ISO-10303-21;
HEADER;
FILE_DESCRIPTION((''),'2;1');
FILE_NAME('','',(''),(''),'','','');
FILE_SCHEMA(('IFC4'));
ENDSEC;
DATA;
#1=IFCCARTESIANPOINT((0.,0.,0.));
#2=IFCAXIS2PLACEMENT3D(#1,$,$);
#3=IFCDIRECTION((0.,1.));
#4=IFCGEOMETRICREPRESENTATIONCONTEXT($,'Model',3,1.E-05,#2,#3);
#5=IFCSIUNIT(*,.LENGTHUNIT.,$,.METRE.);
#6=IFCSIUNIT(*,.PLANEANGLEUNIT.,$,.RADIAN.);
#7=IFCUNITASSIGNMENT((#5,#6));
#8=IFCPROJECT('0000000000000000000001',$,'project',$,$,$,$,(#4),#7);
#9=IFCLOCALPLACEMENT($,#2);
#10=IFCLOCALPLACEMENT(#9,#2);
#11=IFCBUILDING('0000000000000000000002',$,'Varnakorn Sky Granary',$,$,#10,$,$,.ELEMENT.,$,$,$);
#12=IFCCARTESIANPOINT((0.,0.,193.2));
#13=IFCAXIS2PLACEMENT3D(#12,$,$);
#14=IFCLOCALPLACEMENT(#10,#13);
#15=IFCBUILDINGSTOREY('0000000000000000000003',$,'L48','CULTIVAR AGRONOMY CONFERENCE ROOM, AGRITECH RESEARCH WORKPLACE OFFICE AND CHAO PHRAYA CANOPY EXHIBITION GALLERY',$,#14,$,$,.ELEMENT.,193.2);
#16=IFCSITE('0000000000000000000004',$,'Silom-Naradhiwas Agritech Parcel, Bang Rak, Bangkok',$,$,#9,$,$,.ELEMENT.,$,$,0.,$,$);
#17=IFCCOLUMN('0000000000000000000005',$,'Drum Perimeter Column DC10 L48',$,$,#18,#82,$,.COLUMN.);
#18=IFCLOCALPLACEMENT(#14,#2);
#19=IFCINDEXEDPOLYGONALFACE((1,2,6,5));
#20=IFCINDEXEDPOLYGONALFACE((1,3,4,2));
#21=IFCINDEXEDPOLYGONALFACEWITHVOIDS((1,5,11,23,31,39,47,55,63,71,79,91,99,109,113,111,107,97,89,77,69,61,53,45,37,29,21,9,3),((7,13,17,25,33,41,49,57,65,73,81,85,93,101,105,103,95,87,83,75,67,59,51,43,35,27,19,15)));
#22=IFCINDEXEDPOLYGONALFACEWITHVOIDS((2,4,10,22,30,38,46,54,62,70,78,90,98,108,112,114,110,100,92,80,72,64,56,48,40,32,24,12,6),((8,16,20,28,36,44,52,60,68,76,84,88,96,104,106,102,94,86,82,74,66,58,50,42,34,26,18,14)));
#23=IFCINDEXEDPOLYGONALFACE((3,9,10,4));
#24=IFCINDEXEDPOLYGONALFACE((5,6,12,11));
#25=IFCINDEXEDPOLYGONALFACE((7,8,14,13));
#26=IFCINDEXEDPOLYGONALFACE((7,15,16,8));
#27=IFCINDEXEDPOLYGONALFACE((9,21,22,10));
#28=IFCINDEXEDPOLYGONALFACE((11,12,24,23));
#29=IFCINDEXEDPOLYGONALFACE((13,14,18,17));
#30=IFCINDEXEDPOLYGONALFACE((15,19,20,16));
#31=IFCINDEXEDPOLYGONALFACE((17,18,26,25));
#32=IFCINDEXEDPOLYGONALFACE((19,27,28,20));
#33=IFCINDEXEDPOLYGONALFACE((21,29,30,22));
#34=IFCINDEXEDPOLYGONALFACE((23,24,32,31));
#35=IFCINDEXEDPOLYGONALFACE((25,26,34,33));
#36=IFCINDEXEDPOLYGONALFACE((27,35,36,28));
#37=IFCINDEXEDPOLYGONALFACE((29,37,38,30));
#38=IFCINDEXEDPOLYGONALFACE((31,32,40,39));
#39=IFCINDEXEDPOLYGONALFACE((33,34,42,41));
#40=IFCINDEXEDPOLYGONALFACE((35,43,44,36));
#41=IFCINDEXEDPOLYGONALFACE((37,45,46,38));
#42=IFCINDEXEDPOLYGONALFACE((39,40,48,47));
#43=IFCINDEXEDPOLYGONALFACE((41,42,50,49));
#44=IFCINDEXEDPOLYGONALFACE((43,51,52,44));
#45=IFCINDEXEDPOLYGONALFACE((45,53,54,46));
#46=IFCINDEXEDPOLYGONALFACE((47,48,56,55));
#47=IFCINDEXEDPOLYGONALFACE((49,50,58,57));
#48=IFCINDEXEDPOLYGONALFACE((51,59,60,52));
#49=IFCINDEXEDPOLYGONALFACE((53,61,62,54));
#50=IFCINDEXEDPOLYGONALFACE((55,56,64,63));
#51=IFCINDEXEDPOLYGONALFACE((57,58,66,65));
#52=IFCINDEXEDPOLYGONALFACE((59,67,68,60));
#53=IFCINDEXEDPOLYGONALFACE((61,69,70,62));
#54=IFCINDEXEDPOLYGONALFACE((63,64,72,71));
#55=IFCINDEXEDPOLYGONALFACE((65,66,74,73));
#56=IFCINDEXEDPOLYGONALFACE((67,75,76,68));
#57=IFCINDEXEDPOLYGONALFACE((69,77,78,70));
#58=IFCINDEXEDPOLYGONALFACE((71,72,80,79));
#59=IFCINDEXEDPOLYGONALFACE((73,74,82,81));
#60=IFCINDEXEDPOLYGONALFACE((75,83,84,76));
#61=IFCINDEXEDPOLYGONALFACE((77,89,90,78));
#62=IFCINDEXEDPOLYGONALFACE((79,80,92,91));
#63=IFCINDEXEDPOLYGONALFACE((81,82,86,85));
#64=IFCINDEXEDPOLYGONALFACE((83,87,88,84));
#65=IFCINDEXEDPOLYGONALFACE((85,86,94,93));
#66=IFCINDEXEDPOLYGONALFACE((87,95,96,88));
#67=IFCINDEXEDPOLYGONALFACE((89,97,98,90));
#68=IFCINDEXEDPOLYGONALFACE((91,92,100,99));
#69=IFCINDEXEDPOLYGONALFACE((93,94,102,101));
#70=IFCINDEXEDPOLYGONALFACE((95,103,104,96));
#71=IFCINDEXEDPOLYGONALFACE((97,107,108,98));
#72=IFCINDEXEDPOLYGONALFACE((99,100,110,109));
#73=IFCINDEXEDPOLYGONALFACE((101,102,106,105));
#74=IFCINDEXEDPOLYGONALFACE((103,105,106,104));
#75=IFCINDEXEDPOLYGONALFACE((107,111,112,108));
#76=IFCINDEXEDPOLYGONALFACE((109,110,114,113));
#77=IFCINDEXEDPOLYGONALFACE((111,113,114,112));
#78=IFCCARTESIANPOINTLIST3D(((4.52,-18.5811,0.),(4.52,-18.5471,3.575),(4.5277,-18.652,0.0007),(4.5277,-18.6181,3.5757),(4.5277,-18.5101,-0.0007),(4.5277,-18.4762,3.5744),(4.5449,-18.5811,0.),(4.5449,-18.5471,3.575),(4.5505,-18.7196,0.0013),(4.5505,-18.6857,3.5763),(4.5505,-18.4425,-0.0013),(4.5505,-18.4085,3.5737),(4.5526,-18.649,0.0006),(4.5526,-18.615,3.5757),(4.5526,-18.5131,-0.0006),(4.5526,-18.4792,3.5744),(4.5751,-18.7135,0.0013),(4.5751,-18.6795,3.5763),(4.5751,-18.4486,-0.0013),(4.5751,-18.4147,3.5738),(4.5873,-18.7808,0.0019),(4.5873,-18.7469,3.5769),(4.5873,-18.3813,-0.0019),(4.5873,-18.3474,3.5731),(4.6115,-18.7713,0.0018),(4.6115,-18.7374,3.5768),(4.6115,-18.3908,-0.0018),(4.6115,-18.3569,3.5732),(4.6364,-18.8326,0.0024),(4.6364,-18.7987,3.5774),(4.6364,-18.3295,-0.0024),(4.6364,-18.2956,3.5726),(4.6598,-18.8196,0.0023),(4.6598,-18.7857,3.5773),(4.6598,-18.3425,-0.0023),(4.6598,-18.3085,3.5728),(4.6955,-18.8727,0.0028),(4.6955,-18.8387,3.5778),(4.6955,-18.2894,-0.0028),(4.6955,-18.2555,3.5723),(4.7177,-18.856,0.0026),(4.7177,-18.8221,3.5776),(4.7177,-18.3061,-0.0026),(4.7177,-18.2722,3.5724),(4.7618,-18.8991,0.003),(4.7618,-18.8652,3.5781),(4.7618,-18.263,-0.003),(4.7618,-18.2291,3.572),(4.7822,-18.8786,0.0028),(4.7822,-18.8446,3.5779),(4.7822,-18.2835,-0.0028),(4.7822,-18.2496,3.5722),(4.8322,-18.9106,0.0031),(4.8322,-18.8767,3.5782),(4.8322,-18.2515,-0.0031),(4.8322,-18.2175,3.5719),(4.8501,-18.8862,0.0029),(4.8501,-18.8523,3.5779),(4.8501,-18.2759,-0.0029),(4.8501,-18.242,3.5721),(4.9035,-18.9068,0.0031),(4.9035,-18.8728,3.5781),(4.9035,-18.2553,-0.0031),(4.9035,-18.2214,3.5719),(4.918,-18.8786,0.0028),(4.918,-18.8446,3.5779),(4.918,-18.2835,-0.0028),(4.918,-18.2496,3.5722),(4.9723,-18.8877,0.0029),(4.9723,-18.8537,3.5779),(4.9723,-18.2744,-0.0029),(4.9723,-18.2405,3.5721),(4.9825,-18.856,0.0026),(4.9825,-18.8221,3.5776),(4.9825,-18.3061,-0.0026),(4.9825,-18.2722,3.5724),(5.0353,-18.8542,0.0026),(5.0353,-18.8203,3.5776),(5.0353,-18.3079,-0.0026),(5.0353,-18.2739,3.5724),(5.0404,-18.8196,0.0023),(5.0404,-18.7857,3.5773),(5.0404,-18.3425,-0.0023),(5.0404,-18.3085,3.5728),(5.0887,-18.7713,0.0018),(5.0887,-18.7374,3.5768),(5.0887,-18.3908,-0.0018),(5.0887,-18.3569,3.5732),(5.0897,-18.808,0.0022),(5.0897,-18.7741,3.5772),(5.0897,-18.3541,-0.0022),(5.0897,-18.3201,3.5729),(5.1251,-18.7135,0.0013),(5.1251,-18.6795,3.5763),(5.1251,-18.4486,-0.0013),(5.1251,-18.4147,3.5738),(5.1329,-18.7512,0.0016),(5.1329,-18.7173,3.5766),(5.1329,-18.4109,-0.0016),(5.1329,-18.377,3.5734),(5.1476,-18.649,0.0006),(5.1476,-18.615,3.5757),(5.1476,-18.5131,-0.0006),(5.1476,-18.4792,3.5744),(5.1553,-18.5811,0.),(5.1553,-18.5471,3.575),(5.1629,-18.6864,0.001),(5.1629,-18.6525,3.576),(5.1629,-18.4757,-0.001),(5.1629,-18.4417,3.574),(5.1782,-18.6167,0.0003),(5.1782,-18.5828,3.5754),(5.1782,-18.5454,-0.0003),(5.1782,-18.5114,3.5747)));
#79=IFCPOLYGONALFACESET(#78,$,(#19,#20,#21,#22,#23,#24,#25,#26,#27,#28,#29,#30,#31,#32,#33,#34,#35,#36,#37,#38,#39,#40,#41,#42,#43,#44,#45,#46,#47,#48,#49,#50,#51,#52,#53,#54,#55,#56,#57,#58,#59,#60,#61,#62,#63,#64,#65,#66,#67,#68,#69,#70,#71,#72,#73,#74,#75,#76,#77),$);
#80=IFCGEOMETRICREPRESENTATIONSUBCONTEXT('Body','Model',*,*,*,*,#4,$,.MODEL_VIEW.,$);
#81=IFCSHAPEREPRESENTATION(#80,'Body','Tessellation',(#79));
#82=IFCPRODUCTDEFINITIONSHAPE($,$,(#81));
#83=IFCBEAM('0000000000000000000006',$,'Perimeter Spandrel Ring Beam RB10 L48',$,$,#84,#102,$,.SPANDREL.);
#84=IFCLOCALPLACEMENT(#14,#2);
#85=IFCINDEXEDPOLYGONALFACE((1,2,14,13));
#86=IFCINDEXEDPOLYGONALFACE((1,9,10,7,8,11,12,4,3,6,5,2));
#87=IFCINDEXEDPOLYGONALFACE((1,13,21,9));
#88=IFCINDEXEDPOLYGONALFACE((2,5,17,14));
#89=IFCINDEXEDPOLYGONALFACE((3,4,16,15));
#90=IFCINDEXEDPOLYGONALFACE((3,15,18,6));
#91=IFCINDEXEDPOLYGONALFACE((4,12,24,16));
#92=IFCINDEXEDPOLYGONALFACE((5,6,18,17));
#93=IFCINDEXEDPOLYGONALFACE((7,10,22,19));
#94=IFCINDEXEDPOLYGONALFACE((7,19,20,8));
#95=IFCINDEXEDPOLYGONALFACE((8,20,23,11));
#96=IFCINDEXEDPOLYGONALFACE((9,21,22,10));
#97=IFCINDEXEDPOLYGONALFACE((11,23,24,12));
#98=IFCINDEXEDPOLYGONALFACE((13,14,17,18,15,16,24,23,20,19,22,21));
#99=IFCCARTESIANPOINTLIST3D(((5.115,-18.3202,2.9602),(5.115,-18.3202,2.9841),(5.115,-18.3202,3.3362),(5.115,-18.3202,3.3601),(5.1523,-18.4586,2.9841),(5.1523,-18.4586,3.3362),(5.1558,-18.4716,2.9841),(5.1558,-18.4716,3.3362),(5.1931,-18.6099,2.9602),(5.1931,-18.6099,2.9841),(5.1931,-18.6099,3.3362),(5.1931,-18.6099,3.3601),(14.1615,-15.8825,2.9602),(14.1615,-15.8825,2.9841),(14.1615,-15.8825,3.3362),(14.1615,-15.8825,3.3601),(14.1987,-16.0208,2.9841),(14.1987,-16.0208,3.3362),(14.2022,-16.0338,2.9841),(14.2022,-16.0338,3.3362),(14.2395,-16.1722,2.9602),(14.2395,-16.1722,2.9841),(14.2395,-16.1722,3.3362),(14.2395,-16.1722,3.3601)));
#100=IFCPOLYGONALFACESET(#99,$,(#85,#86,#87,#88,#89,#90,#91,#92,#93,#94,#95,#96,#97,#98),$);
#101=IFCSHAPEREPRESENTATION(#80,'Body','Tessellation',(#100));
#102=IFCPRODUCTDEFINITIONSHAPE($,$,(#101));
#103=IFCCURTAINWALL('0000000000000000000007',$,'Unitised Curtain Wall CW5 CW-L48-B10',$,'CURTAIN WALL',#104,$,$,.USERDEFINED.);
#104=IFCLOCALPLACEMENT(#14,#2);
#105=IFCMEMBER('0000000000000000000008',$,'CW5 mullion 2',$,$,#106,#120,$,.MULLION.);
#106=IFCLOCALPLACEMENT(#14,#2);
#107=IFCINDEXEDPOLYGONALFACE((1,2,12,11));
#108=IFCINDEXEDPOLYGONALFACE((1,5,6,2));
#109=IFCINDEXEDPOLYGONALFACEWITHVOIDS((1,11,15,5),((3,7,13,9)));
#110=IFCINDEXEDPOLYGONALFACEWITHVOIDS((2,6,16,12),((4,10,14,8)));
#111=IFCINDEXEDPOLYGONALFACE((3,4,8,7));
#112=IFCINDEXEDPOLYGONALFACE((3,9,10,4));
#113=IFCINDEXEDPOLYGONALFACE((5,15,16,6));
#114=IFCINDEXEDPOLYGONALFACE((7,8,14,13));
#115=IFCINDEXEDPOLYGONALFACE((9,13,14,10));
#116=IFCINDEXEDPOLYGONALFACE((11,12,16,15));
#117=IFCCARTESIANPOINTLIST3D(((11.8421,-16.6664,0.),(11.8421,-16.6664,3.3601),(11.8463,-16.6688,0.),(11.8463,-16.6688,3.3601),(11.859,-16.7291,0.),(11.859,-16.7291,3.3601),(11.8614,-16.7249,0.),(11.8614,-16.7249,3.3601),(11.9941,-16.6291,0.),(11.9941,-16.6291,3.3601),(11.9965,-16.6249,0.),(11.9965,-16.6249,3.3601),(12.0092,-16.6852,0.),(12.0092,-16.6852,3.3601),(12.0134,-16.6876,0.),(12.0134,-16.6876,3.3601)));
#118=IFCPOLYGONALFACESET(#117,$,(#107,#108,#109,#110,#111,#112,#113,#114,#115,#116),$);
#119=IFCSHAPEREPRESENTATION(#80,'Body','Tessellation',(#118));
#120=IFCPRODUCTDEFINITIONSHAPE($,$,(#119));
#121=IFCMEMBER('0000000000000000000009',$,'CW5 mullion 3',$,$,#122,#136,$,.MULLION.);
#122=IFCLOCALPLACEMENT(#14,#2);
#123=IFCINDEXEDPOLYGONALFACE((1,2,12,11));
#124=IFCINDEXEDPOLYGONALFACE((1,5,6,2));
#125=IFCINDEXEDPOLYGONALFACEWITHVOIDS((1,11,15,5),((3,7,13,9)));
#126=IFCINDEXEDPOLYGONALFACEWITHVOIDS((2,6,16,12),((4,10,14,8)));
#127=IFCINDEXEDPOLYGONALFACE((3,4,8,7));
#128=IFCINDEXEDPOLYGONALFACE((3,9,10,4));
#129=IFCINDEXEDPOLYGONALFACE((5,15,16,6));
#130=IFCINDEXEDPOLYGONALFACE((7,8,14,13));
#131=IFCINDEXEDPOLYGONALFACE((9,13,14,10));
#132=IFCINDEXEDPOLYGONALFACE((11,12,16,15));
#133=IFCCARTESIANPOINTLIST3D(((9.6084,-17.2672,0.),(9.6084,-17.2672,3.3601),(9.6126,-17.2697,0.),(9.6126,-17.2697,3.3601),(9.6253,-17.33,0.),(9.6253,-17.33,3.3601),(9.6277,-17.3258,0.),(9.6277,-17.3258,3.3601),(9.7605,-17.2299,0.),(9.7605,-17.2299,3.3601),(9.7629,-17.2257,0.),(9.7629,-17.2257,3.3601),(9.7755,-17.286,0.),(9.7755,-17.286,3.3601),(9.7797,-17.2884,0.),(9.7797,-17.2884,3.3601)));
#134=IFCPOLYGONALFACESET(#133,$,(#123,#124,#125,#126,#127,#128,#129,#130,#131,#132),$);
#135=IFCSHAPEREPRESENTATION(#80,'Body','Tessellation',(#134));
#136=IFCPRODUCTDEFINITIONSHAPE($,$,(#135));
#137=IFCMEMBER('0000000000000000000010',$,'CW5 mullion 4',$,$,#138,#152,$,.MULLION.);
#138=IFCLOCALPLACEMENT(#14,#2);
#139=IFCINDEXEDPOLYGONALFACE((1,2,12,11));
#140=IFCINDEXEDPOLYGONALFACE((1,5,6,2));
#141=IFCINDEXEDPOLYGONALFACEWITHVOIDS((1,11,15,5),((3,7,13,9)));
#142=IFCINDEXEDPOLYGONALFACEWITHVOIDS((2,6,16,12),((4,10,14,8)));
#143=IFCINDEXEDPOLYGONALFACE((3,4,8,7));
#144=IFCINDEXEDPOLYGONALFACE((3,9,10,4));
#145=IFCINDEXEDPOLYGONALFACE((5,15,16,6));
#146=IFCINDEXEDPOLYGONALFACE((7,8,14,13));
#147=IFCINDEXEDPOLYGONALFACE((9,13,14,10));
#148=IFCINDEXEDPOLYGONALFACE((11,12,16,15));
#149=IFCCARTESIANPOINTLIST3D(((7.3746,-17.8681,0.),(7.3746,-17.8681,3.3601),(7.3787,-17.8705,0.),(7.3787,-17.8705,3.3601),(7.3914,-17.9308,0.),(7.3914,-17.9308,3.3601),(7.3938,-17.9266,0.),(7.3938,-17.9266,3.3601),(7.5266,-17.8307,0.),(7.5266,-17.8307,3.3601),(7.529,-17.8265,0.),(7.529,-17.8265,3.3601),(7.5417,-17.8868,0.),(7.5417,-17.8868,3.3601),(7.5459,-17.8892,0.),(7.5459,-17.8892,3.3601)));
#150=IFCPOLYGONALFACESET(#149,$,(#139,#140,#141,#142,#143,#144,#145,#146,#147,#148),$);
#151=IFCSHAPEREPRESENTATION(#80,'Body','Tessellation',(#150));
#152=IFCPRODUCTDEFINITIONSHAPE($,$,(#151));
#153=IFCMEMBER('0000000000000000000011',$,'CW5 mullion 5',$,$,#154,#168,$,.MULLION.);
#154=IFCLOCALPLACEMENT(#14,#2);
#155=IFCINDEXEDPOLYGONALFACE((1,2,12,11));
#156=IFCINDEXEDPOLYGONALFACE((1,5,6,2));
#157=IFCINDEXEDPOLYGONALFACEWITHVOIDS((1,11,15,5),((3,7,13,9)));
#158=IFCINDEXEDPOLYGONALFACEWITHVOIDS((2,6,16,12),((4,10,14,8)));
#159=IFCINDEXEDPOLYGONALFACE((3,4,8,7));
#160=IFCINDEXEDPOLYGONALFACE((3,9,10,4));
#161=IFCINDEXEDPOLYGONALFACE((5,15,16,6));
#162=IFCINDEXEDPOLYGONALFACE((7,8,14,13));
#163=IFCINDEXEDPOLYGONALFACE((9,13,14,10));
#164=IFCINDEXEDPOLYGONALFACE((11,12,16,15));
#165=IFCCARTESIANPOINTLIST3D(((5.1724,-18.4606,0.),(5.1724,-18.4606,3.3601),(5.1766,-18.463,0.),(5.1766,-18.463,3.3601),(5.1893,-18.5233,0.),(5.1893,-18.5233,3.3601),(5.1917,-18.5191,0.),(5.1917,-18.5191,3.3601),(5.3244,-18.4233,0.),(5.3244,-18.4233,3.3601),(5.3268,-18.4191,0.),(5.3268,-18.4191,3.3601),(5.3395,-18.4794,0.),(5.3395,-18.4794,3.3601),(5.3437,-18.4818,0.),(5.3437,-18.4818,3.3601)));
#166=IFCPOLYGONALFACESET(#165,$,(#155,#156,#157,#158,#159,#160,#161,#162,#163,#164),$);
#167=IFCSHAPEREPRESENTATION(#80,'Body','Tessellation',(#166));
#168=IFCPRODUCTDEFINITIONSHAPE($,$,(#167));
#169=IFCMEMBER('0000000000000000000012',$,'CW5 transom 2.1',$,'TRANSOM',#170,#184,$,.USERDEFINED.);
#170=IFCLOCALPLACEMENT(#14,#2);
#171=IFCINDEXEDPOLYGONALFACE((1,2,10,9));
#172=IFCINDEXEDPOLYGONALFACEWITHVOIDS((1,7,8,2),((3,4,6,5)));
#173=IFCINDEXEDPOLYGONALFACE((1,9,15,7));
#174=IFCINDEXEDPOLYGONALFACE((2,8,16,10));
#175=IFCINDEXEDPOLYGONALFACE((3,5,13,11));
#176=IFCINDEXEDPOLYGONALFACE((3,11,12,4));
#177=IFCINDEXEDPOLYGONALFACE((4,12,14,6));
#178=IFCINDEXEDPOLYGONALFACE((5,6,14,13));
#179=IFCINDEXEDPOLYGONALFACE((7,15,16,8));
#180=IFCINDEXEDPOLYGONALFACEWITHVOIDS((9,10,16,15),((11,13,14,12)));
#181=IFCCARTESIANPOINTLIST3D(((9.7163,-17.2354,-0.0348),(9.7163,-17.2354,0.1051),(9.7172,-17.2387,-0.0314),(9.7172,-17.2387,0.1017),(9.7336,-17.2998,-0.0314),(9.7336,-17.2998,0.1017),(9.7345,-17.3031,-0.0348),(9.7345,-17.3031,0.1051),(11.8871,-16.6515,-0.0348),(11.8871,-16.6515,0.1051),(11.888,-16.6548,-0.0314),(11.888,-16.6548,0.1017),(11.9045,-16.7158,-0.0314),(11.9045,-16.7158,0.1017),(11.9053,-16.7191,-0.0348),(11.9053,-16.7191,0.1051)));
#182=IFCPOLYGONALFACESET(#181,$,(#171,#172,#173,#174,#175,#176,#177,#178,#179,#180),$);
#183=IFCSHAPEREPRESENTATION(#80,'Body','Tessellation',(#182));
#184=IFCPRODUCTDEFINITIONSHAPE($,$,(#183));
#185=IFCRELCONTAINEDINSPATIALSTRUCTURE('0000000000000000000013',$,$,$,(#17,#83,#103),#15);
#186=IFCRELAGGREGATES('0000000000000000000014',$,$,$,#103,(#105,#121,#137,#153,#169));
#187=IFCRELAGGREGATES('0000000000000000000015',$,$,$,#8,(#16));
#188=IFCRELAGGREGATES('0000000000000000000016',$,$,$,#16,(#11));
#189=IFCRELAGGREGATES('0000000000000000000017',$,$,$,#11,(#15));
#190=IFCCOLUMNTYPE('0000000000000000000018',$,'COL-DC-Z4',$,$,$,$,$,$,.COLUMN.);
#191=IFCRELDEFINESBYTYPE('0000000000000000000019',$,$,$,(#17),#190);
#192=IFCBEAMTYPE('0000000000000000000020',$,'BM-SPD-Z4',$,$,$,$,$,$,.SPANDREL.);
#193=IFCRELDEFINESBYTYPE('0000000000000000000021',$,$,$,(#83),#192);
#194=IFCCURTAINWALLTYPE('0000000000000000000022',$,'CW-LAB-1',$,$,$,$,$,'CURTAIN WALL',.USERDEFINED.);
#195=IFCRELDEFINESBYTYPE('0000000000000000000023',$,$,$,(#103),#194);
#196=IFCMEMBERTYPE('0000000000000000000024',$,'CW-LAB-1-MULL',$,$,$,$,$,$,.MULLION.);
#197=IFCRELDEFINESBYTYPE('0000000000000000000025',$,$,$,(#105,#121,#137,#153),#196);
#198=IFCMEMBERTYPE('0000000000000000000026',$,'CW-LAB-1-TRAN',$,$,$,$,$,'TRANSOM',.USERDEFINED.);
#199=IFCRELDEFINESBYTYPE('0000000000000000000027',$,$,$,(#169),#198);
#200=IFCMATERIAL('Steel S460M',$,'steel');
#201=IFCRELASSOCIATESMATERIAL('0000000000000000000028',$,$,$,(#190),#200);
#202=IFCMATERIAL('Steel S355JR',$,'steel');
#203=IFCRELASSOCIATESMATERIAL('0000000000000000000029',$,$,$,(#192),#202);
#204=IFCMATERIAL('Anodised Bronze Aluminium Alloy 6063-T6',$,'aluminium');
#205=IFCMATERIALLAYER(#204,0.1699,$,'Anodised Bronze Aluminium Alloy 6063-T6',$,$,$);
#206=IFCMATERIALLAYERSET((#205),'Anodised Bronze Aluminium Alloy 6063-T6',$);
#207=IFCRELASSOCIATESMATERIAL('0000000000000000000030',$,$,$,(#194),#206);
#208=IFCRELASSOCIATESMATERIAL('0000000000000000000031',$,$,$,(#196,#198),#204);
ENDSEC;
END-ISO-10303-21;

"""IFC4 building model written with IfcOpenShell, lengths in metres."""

from ifc_helpers import new_model, si_unit, direction, frame, origin, origin_2d, place, context, subcontext, project, spatial, hollow_rectangle, hollow_circle, i_section, extrude, material, layer, layer_set, material_profile, profile_set, type_object, element, aggregate, save


model = new_model("IFC4")

# Units and contexts
model_context = context("Model", 3, precision=1e-05, world=origin(), true_north=direction((0.0, 1.0)))
body_context = subcontext(model_context, "Body", "Model", "MODEL_VIEW")
ifc_project = project(units=[si_unit("LENGTHUNIT", "METRE"), si_unit("PLANEANGLEUNIT", "RADIAN")], contexts=[model_context])

# Site, building, storey
site_placement = place(None, origin())
site = spatial("IfcSite", under=ifc_project, at=site_placement, Name="Silom-Naradhiwas Agritech Parcel, Bang Rak, Bangkok", CompositionType="ELEMENT", RefElevation=0.0)
building_placement = place(site_placement, origin())
building = spatial("IfcBuilding", under=site, at=building_placement, Name="Varnakorn Sky Granary", CompositionType="ELEMENT")
storey_placement = place(building_placement, frame((0.0, 0.0, 193.2)))
storey = spatial("IfcBuildingStorey", under=building, at=storey_placement, Name="L48", Description="CULTIVAR AGRONOMY CONFERENCE ROOM, AGRITECH RESEARCH WORKPLACE OFFICE AND CHAO PHRAYA CANOPY EXHIBITION GALLERY", CompositionType="ELEMENT", Elevation=193.2)

# Column
ifc_material_1 = material(Name="Steel S460M", Category="steel")
ifc_material_profile_1 = material_profile(ifc_material_1, hollow_circle(Radius=0.3301, WallThickness=0.0249, at=origin_2d()), Name="CHS 660x25")
ifc_profile_set_1 = profile_set([ifc_material_profile_1], Name="Steel S460M")
column_type = type_object("IfcColumnType", Name="COL-DC-Z4", PredefinedType="COLUMN", material=ifc_profile_set_1)
column_placement = place(storey_placement, frame((4.8501, -18.5811, 0.0), z_axis=(0.0, 0.009492, 0.999955), x_axis=(-1.0, 0.0, 0.0)))
element("IfcColumn", 1, at=column_placement, inside=storey, type_object=column_type, Name="Drum Perimeter Column DC10 L48", PredefinedType="COLUMN", context=body_context, shape_type="SweptSolid", body=[
    extrude(hollow_circle(Radius=0.3301, WallThickness=0.0249, at=origin_2d()), origin(), (0.0, 0.0, 1.0), 3.5752),
])

# Beam
ifc_material_2 = material(Name="Steel S355JR", Category="steel")
ifc_material_profile_2 = material_profile(ifc_material_2, i_section(OverallWidth=0.3, OverallDepth=0.3999, WebThickness=0.0134, FlangeThickness=0.0239, at=origin_2d()), Name="HE 400 B")
ifc_profile_set_2 = profile_set([ifc_material_profile_2], Name="Steel S355JR")
beam_type = type_object("IfcBeamType", Name="BM-SPD-Z4", PredefinedType="SPANDREL", material=ifc_profile_set_2)
beam_placement = place(storey_placement, frame((5.1541, -18.4651, 3.1602), z_axis=(0.965557, 0.26019, 0.0), x_axis=(-0.26019, 0.965557, 0.0)))
element("IfcBeam", 2, at=beam_placement, inside=storey, type_object=beam_type, Name="Perimeter Spandrel Ring Beam RB10 L48", PredefinedType="SPANDREL", context=body_context, shape_type="SweptSolid", body=[
    extrude(i_section(OverallWidth=0.3, OverallDepth=0.3999, WebThickness=0.0134, FlangeThickness=0.0239, at=origin_2d()), origin(), (0.0, 0.0, 1.0), 9.3691),
])

# Curtain wall, members
ifc_material_3 = material(Name="Anodised Bronze Aluminium Alloy 6063-T6", Category="aluminium")
ifc_layer_1 = layer(ifc_material_3, 0.1699, Name="Anodised Bronze Aluminium Alloy 6063-T6")
ifc_layer_set_1 = layer_set([ifc_layer_1], Name="Anodised Bronze Aluminium Alloy 6063-T6")
curtain_wall_type = type_object("IfcCurtainWallType", Name="CW-LAB-1", ElementType="CURTAIN WALL", PredefinedType="USERDEFINED", material=ifc_layer_set_1)
curtain_wall_placement = place(storey_placement, origin())
curtain_wall = element("IfcCurtainWall", 3, at=curtain_wall_placement, inside=storey, type_object=curtain_wall_type, Name="Unitised Curtain Wall CW5 CW-L48-B10", ObjectType="CURTAIN WALL", PredefinedType="USERDEFINED")
ifc_material_profile_3 = material_profile(ifc_material_3, hollow_rectangle(XDim=0.0649, YDim=0.1599, WallThickness=0.0034, at=origin_2d()), Name="ALU MULL 65x160")
ifc_profile_set_3 = profile_set([ifc_material_profile_3], Name="Anodised Bronze Aluminium Alloy 6063-T6")
member_type_1 = type_object("IfcMemberType", Name="CW-LAB-1-MULL", PredefinedType="MULLION", material=ifc_profile_set_3)
member_1_placement = place(storey_placement, frame((11.9277, -16.677, 0.0), z_axis=(0.0, 0.0, 1.0), x_axis=(0.25979, -0.965665, 0.0)))
member_1 = element("IfcMember", 4, at=member_1_placement, type_object=member_type_1, Name="CW5 mullion 2", PredefinedType="MULLION", context=body_context, shape_type="SweptSolid", body=[
    extrude(hollow_rectangle(XDim=0.0649, YDim=0.1599, WallThickness=0.0034, at=origin_2d()), origin(), (0.0, 0.0, 1.0), 3.3601),
])
member_2_placement = place(storey_placement, frame((9.6941, -17.2778, 0.0), z_axis=(0.0, 0.0, 1.0), x_axis=(0.25979, -0.965665, 0.0)))
member_2 = element("IfcMember", 5, at=member_2_placement, type_object=member_type_1, Name="CW5 mullion 3", PredefinedType="MULLION", context=body_context, shape_type="SweptSolid", body=[
    extrude(hollow_rectangle(XDim=0.0649, YDim=0.1599, WallThickness=0.0034, at=origin_2d()), origin(), (0.0, 0.0, 1.0), 3.3601),
])
member_3_placement = place(storey_placement, frame((7.4602, -17.8787, 0.0), z_axis=(0.0, 0.0, 1.0), x_axis=(0.25979, -0.965665, 0.0)))
member_3 = element("IfcMember", 6, at=member_3_placement, type_object=member_type_1, Name="CW5 mullion 4", PredefinedType="MULLION", context=body_context, shape_type="SweptSolid", body=[
    extrude(hollow_rectangle(XDim=0.0649, YDim=0.1599, WallThickness=0.0034, at=origin_2d()), origin(), (0.0, 0.0, 1.0), 3.3601),
])
member_4_placement = place(storey_placement, frame((5.2581, -18.4712, 0.0), z_axis=(0.0, 0.0, 1.0), x_axis=(0.25979, -0.965665, 0.0)))
member_4 = element("IfcMember", 7, at=member_4_placement, type_object=member_type_1, Name="CW5 mullion 5", PredefinedType="MULLION", context=body_context, shape_type="SweptSolid", body=[
    extrude(hollow_rectangle(XDim=0.0649, YDim=0.1599, WallThickness=0.0034, at=origin_2d()), origin(), (0.0, 0.0, 1.0), 3.3601),
])
ifc_material_profile_4 = material_profile(ifc_material_3, hollow_rectangle(XDim=0.0701, YDim=0.1399, WallThickness=0.0034, at=origin_2d()), Name="ALU TRAN 70x140")
ifc_profile_set_4 = profile_set([ifc_material_profile_4], Name="Anodised Bronze Aluminium Alloy 6063-T6")
member_type_2 = type_object("IfcMemberType", Name="CW-LAB-1-TRAN", ElementType="TRANSOM", PredefinedType="USERDEFINED", material=ifc_profile_set_4)
member_5_placement = place(storey_placement, frame((11.8962, -16.6853, 0.0352), z_axis=(-0.96567, -0.259771, 0.0), x_axis=(0.259771, -0.96567, 0.0)))
member_5 = element("IfcMember", 8, at=member_5_placement, type_object=member_type_2, Name="CW5 transom 2.1", ObjectType="TRANSOM", PredefinedType="USERDEFINED", context=body_context, shape_type="SweptSolid", body=[
    extrude(hollow_rectangle(XDim=0.0701, YDim=0.1399, WallThickness=0.0034, at=origin_2d()), origin(), (0.0, 0.0, 1.0), 2.248),
])
aggregate(curtain_wall, [member_1, member_2, member_3, member_4, member_5])

save(model, "model.ifc")
